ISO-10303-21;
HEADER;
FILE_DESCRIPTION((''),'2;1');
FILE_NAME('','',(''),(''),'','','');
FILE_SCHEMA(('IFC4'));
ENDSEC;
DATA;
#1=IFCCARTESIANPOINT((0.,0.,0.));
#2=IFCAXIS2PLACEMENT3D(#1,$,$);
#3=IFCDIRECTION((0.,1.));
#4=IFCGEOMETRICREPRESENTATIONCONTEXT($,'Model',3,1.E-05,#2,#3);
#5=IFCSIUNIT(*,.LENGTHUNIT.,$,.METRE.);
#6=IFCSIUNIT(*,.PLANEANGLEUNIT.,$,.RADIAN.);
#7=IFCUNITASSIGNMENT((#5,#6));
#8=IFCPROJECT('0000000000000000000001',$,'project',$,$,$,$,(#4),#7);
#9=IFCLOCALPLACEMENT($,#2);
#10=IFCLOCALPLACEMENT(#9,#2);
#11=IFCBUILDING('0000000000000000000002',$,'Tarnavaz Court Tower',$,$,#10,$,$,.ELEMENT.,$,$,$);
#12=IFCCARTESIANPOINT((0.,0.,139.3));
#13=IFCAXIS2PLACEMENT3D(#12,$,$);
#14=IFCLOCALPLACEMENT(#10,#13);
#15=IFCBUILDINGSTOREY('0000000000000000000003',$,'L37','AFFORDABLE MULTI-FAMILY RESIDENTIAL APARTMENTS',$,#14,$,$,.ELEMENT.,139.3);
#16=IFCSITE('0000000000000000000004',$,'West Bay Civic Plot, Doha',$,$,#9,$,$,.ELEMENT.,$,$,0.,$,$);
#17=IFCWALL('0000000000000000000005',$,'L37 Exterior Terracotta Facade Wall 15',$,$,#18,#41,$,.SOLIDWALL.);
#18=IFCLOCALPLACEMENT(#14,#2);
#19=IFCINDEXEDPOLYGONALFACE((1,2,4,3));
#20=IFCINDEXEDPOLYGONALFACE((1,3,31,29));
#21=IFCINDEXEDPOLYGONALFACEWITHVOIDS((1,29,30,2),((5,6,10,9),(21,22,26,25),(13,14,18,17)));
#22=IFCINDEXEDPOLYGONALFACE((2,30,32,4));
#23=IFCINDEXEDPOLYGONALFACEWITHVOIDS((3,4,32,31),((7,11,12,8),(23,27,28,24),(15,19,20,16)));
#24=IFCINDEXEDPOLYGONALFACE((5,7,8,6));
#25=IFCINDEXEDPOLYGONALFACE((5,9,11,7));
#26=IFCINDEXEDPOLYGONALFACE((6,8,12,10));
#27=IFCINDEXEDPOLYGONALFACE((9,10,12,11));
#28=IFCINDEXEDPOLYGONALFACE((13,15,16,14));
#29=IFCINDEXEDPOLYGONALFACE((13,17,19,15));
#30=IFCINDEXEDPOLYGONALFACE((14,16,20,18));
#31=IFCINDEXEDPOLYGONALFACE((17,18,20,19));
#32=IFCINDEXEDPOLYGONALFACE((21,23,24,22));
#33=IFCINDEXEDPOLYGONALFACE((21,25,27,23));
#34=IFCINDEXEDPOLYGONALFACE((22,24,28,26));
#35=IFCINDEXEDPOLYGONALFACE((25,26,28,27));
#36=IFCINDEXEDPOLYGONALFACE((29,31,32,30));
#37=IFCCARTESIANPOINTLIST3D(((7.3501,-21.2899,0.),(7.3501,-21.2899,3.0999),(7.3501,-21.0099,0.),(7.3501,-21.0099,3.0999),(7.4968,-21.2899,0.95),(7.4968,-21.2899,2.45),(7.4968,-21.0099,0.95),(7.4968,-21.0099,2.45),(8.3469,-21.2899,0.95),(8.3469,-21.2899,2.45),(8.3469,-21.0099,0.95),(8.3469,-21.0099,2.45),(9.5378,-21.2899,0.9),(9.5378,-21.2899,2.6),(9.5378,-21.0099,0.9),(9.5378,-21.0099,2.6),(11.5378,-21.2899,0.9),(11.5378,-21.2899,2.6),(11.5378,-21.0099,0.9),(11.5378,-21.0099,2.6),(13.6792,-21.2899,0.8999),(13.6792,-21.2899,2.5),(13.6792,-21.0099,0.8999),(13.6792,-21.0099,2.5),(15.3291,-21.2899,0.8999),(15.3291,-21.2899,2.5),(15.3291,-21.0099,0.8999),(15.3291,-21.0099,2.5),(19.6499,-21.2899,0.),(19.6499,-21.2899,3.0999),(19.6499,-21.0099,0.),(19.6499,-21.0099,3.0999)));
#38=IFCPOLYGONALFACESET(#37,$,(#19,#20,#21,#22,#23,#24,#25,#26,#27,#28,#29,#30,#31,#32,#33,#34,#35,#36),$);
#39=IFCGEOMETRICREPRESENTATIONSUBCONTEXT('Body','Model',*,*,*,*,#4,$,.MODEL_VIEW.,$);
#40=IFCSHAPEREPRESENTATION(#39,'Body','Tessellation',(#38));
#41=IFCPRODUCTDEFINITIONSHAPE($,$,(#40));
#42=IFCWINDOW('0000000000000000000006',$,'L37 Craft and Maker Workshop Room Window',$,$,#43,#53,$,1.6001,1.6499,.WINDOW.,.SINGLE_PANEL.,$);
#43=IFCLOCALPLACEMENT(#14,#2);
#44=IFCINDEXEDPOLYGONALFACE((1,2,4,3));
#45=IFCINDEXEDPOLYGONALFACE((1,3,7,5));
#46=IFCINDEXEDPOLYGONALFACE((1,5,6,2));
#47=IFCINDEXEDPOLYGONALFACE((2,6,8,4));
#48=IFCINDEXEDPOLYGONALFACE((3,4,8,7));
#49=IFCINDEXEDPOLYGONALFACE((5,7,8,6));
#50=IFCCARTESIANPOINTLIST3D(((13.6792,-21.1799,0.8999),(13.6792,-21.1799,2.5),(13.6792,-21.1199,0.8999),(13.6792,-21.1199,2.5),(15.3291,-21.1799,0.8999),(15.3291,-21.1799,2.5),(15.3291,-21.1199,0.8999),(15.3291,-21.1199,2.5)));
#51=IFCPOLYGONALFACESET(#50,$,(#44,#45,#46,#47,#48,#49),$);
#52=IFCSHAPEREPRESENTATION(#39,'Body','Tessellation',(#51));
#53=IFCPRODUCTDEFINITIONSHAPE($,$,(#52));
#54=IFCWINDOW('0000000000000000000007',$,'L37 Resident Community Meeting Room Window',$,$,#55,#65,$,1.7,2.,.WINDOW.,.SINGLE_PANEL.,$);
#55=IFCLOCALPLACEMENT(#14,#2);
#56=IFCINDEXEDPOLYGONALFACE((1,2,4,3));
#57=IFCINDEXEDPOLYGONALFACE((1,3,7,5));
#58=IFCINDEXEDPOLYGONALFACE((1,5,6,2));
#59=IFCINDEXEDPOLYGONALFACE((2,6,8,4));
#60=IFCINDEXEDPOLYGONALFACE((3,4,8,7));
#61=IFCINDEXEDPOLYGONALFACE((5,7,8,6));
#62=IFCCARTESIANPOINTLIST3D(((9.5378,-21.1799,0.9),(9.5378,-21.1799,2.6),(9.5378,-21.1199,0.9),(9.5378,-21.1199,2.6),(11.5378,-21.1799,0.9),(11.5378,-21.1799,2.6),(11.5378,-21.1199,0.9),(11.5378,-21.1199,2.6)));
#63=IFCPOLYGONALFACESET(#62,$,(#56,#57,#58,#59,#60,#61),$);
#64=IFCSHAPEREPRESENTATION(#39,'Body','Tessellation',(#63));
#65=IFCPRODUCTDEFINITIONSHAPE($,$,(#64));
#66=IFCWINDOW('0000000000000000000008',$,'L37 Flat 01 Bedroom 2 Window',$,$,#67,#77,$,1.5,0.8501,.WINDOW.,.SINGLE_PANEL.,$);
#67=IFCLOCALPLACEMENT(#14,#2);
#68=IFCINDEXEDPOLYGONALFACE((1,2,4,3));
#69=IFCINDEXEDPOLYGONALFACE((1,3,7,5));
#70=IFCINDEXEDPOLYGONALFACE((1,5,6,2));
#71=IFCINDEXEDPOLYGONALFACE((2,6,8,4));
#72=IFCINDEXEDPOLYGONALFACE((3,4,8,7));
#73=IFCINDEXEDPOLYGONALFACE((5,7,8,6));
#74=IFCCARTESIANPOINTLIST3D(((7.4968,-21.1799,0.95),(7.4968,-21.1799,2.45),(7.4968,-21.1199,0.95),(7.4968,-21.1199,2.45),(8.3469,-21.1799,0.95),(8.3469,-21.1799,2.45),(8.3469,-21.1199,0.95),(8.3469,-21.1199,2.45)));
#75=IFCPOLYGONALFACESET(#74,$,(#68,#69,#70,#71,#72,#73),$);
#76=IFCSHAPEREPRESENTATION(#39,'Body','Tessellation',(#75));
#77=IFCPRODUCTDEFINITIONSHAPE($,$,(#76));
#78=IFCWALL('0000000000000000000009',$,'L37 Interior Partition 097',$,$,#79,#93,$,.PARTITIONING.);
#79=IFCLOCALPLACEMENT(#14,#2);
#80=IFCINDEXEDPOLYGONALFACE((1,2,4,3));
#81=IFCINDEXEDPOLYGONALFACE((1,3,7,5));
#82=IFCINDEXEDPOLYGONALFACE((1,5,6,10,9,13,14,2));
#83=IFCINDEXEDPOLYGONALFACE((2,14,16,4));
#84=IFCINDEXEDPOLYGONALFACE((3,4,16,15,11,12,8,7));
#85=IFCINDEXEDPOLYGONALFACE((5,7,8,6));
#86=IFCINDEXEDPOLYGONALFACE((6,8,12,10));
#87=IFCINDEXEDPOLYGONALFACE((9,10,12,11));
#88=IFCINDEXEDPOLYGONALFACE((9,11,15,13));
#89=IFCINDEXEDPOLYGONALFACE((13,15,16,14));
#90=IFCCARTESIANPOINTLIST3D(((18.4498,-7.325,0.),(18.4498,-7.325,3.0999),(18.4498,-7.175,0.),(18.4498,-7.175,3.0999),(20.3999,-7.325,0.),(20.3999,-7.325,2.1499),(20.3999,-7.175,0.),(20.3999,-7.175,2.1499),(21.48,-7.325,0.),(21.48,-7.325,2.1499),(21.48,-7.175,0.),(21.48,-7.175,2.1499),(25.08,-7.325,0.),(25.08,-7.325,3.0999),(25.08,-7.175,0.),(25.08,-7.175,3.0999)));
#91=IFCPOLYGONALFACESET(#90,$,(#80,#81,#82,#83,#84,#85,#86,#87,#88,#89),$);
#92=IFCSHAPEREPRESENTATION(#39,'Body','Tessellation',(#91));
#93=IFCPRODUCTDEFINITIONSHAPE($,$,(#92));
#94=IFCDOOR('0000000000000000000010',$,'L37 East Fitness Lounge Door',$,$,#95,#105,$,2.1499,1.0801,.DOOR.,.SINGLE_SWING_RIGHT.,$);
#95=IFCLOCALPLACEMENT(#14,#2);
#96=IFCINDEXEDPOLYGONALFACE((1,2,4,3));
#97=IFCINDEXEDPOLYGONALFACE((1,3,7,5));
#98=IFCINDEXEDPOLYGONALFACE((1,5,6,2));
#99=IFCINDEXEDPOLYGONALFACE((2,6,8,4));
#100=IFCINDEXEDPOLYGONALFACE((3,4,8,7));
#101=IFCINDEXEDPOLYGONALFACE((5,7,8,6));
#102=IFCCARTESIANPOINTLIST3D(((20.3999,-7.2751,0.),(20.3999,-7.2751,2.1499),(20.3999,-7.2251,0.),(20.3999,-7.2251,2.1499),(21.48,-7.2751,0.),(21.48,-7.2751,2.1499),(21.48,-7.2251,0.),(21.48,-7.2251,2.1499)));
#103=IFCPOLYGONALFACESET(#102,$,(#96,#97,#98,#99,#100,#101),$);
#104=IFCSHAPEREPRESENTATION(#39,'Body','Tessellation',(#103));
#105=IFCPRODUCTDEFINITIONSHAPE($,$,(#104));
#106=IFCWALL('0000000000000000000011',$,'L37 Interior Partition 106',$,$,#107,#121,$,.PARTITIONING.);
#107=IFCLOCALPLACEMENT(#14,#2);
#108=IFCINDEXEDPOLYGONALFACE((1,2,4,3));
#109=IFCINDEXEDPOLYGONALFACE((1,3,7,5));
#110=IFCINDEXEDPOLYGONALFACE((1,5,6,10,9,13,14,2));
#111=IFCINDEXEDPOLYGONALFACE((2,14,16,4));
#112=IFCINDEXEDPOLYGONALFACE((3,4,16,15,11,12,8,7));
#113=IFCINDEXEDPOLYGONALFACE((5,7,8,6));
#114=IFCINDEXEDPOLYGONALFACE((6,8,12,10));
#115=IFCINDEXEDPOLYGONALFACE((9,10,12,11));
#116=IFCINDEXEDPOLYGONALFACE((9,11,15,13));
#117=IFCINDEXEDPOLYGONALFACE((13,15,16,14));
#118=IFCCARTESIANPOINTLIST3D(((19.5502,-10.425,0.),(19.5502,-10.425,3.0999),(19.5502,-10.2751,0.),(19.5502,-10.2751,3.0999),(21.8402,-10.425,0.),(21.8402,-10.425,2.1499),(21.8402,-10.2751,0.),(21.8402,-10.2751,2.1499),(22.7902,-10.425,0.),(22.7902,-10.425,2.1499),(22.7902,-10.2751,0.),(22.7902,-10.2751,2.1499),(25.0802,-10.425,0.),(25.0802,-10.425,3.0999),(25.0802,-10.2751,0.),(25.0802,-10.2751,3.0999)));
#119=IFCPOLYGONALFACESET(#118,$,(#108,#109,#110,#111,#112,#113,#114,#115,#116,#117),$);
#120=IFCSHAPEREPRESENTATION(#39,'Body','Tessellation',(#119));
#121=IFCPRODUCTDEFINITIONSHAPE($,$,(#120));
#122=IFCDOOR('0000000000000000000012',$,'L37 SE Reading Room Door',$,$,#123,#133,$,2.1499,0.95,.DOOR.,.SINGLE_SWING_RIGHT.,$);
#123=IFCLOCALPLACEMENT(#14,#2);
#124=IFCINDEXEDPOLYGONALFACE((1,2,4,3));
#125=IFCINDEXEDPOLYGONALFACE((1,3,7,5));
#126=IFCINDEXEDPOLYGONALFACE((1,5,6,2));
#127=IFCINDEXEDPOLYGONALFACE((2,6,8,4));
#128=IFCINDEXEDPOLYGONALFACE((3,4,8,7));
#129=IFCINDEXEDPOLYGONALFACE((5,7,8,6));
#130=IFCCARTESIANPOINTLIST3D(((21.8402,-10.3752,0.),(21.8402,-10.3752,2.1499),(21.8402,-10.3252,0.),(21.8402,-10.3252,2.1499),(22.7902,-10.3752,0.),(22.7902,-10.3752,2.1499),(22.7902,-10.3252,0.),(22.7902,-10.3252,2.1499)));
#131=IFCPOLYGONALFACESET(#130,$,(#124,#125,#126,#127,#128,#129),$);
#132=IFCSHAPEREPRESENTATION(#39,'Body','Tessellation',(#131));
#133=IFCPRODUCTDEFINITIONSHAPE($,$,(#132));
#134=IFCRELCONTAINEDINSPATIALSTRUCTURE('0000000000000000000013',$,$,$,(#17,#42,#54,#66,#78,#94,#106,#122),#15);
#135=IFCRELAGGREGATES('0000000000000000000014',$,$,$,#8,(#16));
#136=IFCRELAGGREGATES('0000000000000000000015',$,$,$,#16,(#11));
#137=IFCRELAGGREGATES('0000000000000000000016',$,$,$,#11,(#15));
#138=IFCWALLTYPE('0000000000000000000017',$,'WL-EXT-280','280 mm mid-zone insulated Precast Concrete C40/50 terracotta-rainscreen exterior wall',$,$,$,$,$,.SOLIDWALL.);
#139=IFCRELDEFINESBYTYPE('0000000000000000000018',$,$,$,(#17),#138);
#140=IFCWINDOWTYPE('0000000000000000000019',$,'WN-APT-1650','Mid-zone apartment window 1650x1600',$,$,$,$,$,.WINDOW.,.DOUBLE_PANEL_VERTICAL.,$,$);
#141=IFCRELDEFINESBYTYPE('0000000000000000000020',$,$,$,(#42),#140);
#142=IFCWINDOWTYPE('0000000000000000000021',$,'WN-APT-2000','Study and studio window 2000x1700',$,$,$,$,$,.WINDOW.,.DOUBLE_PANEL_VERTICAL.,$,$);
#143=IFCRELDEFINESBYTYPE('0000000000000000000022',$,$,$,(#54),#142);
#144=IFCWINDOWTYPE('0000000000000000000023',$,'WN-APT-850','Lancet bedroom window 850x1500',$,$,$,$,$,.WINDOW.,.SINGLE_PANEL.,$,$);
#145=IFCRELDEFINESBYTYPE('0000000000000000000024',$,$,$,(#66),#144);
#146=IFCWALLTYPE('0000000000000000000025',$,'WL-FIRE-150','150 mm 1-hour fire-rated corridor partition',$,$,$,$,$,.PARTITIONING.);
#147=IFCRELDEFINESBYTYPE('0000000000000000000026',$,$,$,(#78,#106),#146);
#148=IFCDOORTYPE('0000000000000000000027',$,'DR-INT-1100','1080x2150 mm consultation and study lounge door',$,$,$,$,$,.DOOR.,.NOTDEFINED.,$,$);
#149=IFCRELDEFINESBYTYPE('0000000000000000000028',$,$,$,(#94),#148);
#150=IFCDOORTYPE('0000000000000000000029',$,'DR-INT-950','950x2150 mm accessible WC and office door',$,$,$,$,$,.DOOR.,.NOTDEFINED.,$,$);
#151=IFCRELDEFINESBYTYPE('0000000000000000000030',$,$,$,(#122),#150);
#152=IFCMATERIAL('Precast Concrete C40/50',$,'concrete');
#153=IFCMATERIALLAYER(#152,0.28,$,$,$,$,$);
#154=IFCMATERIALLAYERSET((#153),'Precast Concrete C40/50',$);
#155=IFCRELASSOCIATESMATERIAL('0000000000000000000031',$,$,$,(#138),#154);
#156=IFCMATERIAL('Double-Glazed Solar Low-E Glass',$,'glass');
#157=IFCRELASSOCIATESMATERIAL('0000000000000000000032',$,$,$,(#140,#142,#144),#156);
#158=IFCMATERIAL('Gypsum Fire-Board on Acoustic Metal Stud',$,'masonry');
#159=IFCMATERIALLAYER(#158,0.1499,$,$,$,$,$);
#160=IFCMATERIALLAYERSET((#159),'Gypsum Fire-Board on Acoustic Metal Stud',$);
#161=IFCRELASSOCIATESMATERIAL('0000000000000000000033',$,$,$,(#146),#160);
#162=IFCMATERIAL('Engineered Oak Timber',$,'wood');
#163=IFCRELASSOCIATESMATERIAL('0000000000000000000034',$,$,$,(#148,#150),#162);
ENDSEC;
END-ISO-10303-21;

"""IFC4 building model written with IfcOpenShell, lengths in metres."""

from ifc_helpers import new_model, si_unit, direction, frame, frame_2d, origin, place, context, subcontext, project, spatial, rectangle, extrude, material, layer, layer_set, type_object, element, fill, save


model = new_model("IFC4")

# Units and contexts
model_context = context("Model", 3, precision=1e-05, world=origin(), true_north=direction((0.0, 1.0)))
body_context = subcontext(model_context, "Body", "Model", "MODEL_VIEW")
ifc_project = project(units=[si_unit("LENGTHUNIT", "METRE"), si_unit("PLANEANGLEUNIT", "RADIAN")], contexts=[model_context])

# Site, building, storey
site_placement = place(None, origin())
site = spatial("IfcSite", under=ifc_project, at=site_placement, Name="West Bay Civic Plot, Doha", CompositionType="ELEMENT", RefElevation=0.0)
building_placement = place(site_placement, origin())
building = spatial("IfcBuilding", under=site, at=building_placement, Name="Tarnavaz Court Tower", CompositionType="ELEMENT")
storey_placement = place(building_placement, frame((0.0, 0.0, 139.3)))
storey = spatial("IfcBuildingStorey", under=building, at=storey_placement, Name="L37", Description="AFFORDABLE MULTI-FAMILY RESIDENTIAL APARTMENTS", CompositionType="ELEMENT", Elevation=139.3)

# Shared definitions
ifc_material_1 = material(Name="Precast Concrete C40/50", Category="concrete")
ifc_layer_1 = layer(ifc_material_1, 0.28)
ifc_layer_set_1 = layer_set([ifc_layer_1], Name="Precast Concrete C40/50")
wall_type_1 = type_object("IfcWallType", Name="WL-EXT-280", Description="280 mm mid-zone insulated Precast Concrete C40/50 terracotta-rainscreen exterior wall", PredefinedType="SOLIDWALL", material=ifc_layer_set_1)
ifc_material_2 = material(Name="Double-Glazed Solar Low-E Glass", Category="glass")

# Wall, openings, windows
wall_1_placement = place(storey_placement, frame((19.6499, -21.1499, 0.0), z_axis=(0.0, 0.0, 1.0), x_axis=(-1.0, 0.0, 0.0)))
wall_1 = element("IfcWall", 1, at=wall_1_placement, inside=storey, type_object=wall_type_1, Name="L37 Exterior Terracotta Facade Wall 15", PredefinedType="SOLIDWALL", context=body_context, shape_type="SweptSolid", body=[
    extrude(rectangle(XDim=12.2998, YDim=0.28, at=frame_2d((6.1499, 0.0))), origin(), (0.0, 0.0, 1.0), 3.0999),
])
opening_1_placement = place(wall_1_placement, frame((4.3208, 0.0, 0.8999)))
opening_1 = element("IfcOpeningElement", 2, at=opening_1_placement, cuts=wall_1, PredefinedType="OPENING", context=body_context, shape_type="SweptSolid", body=[
    extrude(rectangle(XDim=1.6499, YDim=1.6001, at=frame_2d((0.825, 0.8))), frame((0.0, 0.1499, 0.0), z_axis=(0.0, -1.0, 0.0), x_axis=(1.0, 0.0, 0.0)), (0.0, 0.0, 1.0), 0.3),
])
opening_2_placement = place(wall_1_placement, frame((8.1121, 0.0, 0.8999)))
opening_2 = element("IfcOpeningElement", 3, at=opening_2_placement, cuts=wall_1, PredefinedType="OPENING", context=body_context, shape_type="SweptSolid", body=[
    extrude(rectangle(XDim=2.0, YDim=1.7, at=frame_2d((1.0, 0.8501))), frame((0.0, 0.1499, 0.0), z_axis=(0.0, -1.0, 0.0), x_axis=(1.0, 0.0, 0.0)), (0.0, 0.0, 1.0), 0.3),
])
opening_3_placement = place(wall_1_placement, frame((11.303, 0.0, 0.95)))
opening_3 = element("IfcOpeningElement", 4, at=opening_3_placement, cuts=wall_1, PredefinedType="OPENING", context=body_context, shape_type="SweptSolid", body=[
    extrude(rectangle(XDim=0.8501, YDim=1.5, at=frame_2d((0.425, 0.75))), frame((0.0, 0.1499, 0.0), z_axis=(0.0, -1.0, 0.0), x_axis=(1.0, 0.0, 0.0)), (0.0, 0.0, 1.0), 0.3),
])
window_type_1 = type_object("IfcWindowType", Name="WN-APT-1650", Description="Mid-zone apartment window 1650x1600", PartitioningType="DOUBLE_PANEL_VERTICAL", PredefinedType="WINDOW", material=ifc_material_2)
window_1_placement = place(opening_1_placement, origin())
window_1 = element("IfcWindow", 5, at=window_1_placement, inside=storey, type_object=window_type_1, Name="L37 Craft and Maker Workshop Room Window", OverallHeight=1.6001, OverallWidth=1.6499, PartitioningType="SINGLE_PANEL", PredefinedType="WINDOW", context=body_context, shape_type="SweptSolid", body=[
    extrude(rectangle(XDim=1.6499, YDim=1.6001, at=frame_2d((0.825, 0.8))), frame((0.0, 0.03, 0.0), z_axis=(0.0, -1.0, 0.0), x_axis=(1.0, 0.0, 0.0)), (0.0, 0.0, 1.0), 0.0601),
])
fill(opening_1, window_1)
window_type_2 = type_object("IfcWindowType", Name="WN-APT-2000", Description="Study and studio window 2000x1700", PartitioningType="DOUBLE_PANEL_VERTICAL", PredefinedType="WINDOW", material=ifc_material_2)
window_2_placement = place(opening_2_placement, origin())
window_2 = element("IfcWindow", 6, at=window_2_placement, inside=storey, type_object=window_type_2, Name="L37 Resident Community Meeting Room Window", OverallHeight=1.7, OverallWidth=2.0, PartitioningType="SINGLE_PANEL", PredefinedType="WINDOW", context=body_context, shape_type="SweptSolid", body=[
    extrude(rectangle(XDim=2.0, YDim=1.7, at=frame_2d((1.0, 0.8501))), frame((0.0, 0.03, 0.0), z_axis=(0.0, -1.0, 0.0), x_axis=(1.0, 0.0, 0.0)), (0.0, 0.0, 1.0), 0.0601),
])
fill(opening_2, window_2)
window_type_3 = type_object("IfcWindowType", Name="WN-APT-850", Description="Lancet bedroom window 850x1500", PartitioningType="SINGLE_PANEL", PredefinedType="WINDOW", material=ifc_material_2)
window_3_placement = place(opening_3_placement, origin())
window_3 = element("IfcWindow", 7, at=window_3_placement, inside=storey, type_object=window_type_3, Name="L37 Flat 01 Bedroom 2 Window", OverallHeight=1.5, OverallWidth=0.8501, PartitioningType="SINGLE_PANEL", PredefinedType="WINDOW", context=body_context, shape_type="SweptSolid", body=[
    extrude(rectangle(XDim=0.8501, YDim=1.5, at=frame_2d((0.425, 0.75))), frame((0.0, 0.03, 0.0), z_axis=(0.0, -1.0, 0.0), x_axis=(1.0, 0.0, 0.0)), (0.0, 0.0, 1.0), 0.0601),
])
fill(opening_3, window_3)

# Walls, openings, doors
ifc_material_3 = material(Name="Gypsum Fire-Board on Acoustic Metal Stud", Category="masonry")
ifc_layer_2 = layer(ifc_material_3, 0.1499)
ifc_layer_set_2 = layer_set([ifc_layer_2], Name="Gypsum Fire-Board on Acoustic Metal Stud")
wall_type_2 = type_object("IfcWallType", Name="WL-FIRE-150", Description="150 mm 1-hour fire-rated corridor partition", PredefinedType="PARTITIONING", material=ifc_layer_set_2)
wall_2_placement = place(storey_placement, frame((18.45, -7.25, 0.0), z_axis=(0.0, 0.0, 1.0), x_axis=(1.0, 0.0, 0.0)))
wall_2 = element("IfcWall", 8, at=wall_2_placement, inside=storey, type_object=wall_type_2, Name="L37 Interior Partition 097", PredefinedType="PARTITIONING", context=body_context, shape_type="SweptSolid", body=[
    extrude(rectangle(XDim=6.6301, YDim=0.1499, at=frame_2d((3.3149, 0.0))), origin(), (0.0, 0.0, 1.0), 3.0999),
])
opening_4_placement = place(wall_2_placement, frame((1.95, 0.0, 0.0)))
opening_4 = element("IfcOpeningElement", 9, at=opening_4_placement, cuts=wall_2, PredefinedType="OPENING", context=body_context, shape_type="SweptSolid", body=[
    extrude(rectangle(XDim=1.0801, YDim=2.1499, at=frame_2d((0.54, 1.075))), frame((0.0, 0.085, 0.0), z_axis=(0.0, -1.0, 0.0), x_axis=(1.0, 0.0, 0.0)), (0.0, 0.0, 1.0), 0.1699),
])
ifc_material_4 = material(Name="Engineered Oak Timber", Category="wood")
door_type_1 = type_object("IfcDoorType", Name="DR-INT-1100", Description="1080x2150 mm consultation and study lounge door", OperationType="NOTDEFINED", PredefinedType="DOOR", material=ifc_material_4)
door_1_placement = place(opening_4_placement, origin())
door_1 = element("IfcDoor", 10, at=door_1_placement, inside=storey, type_object=door_type_1, Name="L37 East Fitness Lounge Door", OperationType="SINGLE_SWING_RIGHT", OverallHeight=2.1499, OverallWidth=1.0801, PredefinedType="DOOR", context=body_context, shape_type="SweptSolid", body=[
    extrude(rectangle(XDim=1.0801, YDim=2.1499, at=frame_2d((0.54, 1.075))), frame((0.0, 0.0249, 0.0), z_axis=(0.0, -1.0, 0.0), x_axis=(1.0, 0.0, 0.0)), (0.0, 0.0, 1.0), 0.05),
])
fill(opening_4, door_1)
wall_3_placement = place(storey_placement, frame((19.55, -10.3501, 0.0), z_axis=(0.0, 0.0, 1.0), x_axis=(1.0, 0.0, 0.0)))
wall_3 = element("IfcWall", 11, at=wall_3_placement, inside=storey, type_object=wall_type_2, Name="L37 Interior Partition 106", PredefinedType="PARTITIONING", context=body_context, shape_type="SweptSolid", body=[
    extrude(rectangle(XDim=5.53, YDim=0.1499, at=frame_2d((2.7651, 0.0))), origin(), (0.0, 0.0, 1.0), 3.0999),
])
opening_5_placement = place(wall_3_placement, frame((2.29, 0.0, 0.0)))
opening_5 = element("IfcOpeningElement", 12, at=opening_5_placement, cuts=wall_3, PredefinedType="OPENING", context=body_context, shape_type="SweptSolid", body=[
    extrude(rectangle(XDim=0.95, YDim=2.1499, at=frame_2d((0.4751, 1.075))), frame((0.0, 0.085, 0.0), z_axis=(0.0, -1.0, 0.0), x_axis=(1.0, 0.0, 0.0)), (0.0, 0.0, 1.0), 0.1699),
])
door_type_2 = type_object("IfcDoorType", Name="DR-INT-950", Description="950x2150 mm accessible WC and office door", OperationType="NOTDEFINED", PredefinedType="DOOR", material=ifc_material_4)
door_2_placement = place(opening_5_placement, origin())
door_2 = element("IfcDoor", 13, at=door_2_placement, inside=storey, type_object=door_type_2, Name="L37 SE Reading Room Door", OperationType="SINGLE_SWING_RIGHT", OverallHeight=2.1499, OverallWidth=0.95, PredefinedType="DOOR", context=body_context, shape_type="SweptSolid", body=[
    extrude(rectangle(XDim=0.95, YDim=2.1499, at=frame_2d((0.4751, 1.075))), frame((0.0, 0.0249, 0.0), z_axis=(0.0, -1.0, 0.0), x_axis=(1.0, 0.0, 0.0)), (0.0, 0.0, 1.0), 0.05),
])
fill(opening_5, door_2)

save(model, "model.ifc")
